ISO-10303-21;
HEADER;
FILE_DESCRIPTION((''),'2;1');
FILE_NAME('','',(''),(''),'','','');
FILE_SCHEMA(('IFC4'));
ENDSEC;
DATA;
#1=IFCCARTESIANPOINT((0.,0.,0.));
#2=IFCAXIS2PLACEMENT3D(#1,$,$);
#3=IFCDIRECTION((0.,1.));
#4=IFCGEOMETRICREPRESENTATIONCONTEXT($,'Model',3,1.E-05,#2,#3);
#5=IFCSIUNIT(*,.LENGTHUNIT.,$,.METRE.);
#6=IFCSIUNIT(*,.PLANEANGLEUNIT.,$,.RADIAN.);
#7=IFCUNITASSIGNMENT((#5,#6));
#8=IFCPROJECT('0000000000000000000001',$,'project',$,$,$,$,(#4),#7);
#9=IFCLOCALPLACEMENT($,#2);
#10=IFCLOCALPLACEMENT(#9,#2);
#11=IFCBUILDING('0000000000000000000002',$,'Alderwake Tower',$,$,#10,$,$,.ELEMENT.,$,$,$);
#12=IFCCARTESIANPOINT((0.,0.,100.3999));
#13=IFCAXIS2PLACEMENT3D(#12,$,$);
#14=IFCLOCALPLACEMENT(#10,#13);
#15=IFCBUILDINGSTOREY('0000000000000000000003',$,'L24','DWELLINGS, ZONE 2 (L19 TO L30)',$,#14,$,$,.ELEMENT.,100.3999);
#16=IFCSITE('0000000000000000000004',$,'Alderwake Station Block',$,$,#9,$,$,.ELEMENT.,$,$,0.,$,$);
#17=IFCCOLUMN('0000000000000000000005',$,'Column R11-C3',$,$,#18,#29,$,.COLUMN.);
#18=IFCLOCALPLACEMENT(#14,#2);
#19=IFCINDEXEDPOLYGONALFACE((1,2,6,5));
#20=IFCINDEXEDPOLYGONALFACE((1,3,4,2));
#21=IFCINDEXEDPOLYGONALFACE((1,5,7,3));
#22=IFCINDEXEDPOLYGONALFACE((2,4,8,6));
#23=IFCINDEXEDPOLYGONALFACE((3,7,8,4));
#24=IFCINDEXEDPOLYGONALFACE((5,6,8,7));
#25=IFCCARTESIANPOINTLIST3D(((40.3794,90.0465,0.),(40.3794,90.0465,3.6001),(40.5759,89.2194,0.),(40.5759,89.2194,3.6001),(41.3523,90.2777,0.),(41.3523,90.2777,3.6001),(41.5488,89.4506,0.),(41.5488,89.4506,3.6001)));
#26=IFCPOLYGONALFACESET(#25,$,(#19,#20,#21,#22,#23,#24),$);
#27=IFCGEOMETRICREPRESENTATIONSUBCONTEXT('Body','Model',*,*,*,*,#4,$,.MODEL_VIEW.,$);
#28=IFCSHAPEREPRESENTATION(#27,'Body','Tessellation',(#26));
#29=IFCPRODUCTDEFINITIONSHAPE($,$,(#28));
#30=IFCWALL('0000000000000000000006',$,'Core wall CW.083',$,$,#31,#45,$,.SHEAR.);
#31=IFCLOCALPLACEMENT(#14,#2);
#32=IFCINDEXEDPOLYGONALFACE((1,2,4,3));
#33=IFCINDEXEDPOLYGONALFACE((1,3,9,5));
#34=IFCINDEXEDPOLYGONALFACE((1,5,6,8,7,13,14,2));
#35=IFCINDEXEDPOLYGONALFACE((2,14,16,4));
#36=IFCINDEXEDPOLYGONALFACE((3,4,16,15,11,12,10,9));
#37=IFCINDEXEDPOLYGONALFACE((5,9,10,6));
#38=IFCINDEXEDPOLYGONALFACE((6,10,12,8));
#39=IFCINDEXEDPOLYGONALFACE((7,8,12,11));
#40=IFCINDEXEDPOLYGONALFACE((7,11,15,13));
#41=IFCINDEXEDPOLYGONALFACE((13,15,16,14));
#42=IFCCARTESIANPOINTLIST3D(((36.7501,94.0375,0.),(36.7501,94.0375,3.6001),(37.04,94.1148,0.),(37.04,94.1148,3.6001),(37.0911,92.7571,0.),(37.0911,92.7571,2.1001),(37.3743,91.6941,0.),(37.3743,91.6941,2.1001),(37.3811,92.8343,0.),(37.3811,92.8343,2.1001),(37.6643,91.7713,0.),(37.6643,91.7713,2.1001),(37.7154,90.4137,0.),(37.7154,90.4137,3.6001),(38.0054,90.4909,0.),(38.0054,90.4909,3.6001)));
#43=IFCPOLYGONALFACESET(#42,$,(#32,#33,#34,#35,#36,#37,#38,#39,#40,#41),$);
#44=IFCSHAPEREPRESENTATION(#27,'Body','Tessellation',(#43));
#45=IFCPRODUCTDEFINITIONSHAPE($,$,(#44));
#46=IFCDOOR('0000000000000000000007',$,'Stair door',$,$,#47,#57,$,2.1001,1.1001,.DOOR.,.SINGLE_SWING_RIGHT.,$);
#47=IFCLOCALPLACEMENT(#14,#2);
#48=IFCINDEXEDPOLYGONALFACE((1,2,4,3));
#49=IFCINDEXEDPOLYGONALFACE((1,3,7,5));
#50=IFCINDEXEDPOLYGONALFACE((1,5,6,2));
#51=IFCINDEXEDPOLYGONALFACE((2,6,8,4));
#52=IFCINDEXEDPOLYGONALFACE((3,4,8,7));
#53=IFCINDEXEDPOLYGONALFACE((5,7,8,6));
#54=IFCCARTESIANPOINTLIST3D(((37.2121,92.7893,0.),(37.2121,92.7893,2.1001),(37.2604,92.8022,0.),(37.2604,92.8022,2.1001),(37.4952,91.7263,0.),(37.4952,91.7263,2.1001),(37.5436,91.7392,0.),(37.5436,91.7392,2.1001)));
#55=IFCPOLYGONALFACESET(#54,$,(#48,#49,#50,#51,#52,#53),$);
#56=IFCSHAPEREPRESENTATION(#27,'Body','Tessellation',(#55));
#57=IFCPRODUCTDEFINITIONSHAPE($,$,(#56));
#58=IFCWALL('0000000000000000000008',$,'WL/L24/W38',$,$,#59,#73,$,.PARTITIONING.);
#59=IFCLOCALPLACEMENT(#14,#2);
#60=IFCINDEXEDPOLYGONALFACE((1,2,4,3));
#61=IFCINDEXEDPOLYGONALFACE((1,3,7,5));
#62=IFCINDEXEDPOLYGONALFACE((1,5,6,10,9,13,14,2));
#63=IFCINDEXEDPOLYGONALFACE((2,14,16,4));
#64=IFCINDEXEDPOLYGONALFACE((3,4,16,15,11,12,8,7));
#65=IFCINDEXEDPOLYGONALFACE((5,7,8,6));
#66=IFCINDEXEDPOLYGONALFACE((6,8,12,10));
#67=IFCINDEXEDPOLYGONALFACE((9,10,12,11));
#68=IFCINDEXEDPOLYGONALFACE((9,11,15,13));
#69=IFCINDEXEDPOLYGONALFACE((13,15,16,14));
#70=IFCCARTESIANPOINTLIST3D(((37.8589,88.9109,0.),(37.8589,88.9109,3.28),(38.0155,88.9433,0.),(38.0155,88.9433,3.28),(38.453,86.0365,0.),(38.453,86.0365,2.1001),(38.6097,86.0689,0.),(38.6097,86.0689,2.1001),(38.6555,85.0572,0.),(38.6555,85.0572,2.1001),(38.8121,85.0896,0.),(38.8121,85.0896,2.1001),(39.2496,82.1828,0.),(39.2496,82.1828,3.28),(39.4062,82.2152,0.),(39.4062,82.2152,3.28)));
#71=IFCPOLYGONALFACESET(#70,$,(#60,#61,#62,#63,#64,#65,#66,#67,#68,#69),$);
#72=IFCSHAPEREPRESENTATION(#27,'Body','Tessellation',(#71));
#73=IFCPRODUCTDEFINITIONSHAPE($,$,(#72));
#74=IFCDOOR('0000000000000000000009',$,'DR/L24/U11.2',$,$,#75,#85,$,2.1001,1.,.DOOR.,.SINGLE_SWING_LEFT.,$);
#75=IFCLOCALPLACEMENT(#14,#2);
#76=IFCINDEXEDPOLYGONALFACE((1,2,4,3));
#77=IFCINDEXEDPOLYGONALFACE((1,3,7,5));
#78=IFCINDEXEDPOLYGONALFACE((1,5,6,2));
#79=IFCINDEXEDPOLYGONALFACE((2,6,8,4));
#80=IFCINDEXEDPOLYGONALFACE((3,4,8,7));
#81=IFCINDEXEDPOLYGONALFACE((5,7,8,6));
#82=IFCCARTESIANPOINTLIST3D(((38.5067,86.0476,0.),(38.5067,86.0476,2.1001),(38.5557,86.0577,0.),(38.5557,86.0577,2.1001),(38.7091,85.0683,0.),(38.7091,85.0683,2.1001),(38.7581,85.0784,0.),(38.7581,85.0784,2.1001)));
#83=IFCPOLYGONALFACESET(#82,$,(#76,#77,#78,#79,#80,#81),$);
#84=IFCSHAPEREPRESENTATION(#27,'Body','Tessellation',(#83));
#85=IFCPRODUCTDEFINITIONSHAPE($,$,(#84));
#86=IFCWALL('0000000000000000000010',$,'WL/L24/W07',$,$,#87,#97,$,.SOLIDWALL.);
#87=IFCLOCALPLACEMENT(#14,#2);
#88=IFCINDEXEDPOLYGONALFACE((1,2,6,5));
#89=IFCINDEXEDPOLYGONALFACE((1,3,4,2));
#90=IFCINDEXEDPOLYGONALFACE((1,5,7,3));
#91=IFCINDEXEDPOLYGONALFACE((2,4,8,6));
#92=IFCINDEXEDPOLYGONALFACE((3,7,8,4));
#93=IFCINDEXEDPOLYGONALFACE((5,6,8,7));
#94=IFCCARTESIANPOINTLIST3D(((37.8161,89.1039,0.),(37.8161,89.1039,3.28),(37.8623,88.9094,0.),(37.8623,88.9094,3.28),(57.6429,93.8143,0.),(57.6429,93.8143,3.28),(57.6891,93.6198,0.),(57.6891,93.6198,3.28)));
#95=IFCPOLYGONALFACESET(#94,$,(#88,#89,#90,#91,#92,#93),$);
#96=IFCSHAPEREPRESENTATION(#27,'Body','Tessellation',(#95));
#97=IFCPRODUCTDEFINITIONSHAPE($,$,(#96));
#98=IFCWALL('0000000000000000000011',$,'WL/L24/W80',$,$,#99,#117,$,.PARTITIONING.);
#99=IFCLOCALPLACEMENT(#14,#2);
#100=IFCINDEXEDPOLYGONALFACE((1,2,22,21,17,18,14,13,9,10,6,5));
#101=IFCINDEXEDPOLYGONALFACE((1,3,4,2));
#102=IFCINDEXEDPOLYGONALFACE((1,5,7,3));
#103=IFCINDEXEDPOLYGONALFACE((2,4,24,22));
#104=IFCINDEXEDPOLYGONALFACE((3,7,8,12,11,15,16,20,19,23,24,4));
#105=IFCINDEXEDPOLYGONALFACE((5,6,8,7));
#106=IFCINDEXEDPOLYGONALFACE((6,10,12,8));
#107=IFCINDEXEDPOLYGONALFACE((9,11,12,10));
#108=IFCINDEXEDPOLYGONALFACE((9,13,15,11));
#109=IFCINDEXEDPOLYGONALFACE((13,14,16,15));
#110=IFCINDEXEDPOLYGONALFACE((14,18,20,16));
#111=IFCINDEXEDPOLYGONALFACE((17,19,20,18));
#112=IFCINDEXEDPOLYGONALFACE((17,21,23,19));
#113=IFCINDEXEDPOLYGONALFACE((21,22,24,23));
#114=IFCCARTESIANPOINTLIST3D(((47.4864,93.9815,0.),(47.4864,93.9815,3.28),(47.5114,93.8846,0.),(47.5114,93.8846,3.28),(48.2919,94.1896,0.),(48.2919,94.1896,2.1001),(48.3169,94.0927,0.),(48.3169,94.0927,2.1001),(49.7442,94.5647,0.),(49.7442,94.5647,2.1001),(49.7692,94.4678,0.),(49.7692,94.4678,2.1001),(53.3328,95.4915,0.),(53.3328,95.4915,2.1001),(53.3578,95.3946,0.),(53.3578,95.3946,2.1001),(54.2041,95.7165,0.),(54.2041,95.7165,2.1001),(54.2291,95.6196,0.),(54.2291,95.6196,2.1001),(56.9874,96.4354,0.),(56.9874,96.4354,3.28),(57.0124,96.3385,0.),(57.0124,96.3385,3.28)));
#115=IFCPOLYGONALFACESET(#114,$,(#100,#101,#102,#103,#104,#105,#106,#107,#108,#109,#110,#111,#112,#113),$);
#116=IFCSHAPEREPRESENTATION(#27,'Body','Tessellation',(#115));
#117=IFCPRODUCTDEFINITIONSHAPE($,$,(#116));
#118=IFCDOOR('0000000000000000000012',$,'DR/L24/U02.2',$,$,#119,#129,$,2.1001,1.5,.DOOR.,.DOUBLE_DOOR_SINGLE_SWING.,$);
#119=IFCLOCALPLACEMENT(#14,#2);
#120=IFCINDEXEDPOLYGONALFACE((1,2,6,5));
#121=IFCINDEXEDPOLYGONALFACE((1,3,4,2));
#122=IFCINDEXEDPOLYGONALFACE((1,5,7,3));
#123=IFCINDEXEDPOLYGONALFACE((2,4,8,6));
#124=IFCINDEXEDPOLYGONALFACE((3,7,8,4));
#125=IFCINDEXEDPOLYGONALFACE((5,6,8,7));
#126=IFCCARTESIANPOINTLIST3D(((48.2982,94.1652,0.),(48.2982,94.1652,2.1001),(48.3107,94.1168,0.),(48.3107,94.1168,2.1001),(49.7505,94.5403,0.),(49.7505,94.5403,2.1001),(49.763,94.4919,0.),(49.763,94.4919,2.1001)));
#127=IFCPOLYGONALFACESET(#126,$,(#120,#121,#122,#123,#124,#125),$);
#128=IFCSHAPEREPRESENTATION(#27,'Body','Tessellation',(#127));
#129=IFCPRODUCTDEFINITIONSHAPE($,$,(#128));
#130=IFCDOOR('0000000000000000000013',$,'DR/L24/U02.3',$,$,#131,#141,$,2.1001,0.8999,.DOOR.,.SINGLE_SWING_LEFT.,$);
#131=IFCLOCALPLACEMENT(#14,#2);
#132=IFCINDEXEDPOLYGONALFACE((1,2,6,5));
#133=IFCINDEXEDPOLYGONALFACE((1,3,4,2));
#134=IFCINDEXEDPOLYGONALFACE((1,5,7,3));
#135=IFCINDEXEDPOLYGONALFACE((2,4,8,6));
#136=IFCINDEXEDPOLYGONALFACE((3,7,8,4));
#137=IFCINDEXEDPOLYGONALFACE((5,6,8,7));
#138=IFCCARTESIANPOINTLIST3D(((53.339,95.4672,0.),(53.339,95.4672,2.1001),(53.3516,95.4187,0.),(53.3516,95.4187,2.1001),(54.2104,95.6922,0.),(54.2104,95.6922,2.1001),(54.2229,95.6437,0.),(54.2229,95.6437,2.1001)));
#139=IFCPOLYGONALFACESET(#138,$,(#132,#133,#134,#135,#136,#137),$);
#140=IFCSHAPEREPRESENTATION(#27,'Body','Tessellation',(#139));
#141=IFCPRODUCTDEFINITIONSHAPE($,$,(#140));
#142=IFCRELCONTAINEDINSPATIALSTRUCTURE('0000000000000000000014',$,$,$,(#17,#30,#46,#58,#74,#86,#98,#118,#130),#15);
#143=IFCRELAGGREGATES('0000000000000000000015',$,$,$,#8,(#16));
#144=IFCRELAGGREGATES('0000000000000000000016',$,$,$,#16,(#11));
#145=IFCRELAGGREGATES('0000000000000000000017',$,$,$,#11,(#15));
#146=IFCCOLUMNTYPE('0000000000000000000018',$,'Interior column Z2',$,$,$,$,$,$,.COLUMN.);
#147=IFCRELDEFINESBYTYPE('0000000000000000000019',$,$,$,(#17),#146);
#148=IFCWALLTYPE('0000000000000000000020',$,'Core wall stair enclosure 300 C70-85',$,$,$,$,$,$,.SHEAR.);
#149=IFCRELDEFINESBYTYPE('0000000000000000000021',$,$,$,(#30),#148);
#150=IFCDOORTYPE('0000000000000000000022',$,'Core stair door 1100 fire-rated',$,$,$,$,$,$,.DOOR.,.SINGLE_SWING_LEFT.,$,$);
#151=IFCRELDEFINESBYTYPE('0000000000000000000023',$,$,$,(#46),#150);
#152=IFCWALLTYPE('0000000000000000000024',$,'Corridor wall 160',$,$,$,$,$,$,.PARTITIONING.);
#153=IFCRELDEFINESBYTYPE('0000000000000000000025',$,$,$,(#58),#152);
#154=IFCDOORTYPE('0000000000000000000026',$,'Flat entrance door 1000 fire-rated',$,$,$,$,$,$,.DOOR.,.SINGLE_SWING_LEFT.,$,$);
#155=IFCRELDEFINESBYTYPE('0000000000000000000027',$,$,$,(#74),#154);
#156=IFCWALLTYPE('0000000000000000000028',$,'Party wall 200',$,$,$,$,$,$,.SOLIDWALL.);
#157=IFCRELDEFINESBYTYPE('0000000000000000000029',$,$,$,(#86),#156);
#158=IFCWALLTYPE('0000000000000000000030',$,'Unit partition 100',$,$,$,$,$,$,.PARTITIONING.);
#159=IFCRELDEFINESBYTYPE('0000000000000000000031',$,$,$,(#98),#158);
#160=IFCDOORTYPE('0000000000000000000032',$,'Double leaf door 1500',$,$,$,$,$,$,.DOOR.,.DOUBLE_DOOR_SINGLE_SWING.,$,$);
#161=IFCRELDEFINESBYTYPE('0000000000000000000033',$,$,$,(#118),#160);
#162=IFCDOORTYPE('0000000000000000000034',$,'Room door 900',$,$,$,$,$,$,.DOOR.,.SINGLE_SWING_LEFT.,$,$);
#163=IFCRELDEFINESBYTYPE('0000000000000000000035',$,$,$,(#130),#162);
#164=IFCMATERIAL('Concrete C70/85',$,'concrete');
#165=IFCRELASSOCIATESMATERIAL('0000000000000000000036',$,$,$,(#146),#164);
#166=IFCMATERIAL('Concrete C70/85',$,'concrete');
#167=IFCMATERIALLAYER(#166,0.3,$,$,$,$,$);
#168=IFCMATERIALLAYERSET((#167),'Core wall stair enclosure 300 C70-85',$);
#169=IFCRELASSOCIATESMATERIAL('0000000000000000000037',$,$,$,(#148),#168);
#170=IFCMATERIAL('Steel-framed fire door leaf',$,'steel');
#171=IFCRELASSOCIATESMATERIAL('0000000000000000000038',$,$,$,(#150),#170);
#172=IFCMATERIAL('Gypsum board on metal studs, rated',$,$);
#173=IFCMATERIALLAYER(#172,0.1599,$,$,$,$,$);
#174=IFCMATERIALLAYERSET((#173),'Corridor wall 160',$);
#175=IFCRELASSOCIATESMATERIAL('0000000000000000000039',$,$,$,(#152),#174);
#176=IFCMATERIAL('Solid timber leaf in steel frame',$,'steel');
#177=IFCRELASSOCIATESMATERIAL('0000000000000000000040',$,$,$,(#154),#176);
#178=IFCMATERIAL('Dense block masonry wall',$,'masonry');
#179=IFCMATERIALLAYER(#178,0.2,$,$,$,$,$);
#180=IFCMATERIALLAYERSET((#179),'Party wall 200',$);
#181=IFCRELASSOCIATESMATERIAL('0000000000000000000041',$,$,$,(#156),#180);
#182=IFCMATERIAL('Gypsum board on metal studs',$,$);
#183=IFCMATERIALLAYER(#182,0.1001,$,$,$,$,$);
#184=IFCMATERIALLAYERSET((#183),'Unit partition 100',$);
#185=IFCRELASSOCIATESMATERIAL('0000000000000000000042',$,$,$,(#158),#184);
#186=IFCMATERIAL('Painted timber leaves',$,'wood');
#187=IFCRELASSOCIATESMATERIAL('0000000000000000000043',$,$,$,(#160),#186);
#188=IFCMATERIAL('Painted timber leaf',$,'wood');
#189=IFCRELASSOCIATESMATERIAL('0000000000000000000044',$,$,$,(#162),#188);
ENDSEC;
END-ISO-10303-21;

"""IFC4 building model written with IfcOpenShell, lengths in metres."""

from ifc_helpers import new_model, si_unit, direction, frame, frame_2d, origin, origin_2d, place, context, subcontext, project, spatial, rectangle, extrude, material, layer, layer_set, material_profile, profile_set, type_object, element, fill, save


model = new_model("IFC4")

# Units and contexts
model_context = context("Model", 3, precision=1e-05, world=origin(), true_north=direction((0.0, 1.0)))
body_context = subcontext(model_context, "Body", "Model", "MODEL_VIEW")
ifc_project = project(units=[si_unit("LENGTHUNIT", "METRE"), si_unit("PLANEANGLEUNIT", "RADIAN")], contexts=[model_context])

# Site, building, storey
site_placement = place(None, origin())
site = spatial("IfcSite", under=ifc_project, at=site_placement, Name="Alderwake Station Block", CompositionType="ELEMENT", RefElevation=0.0)
building_placement = place(site_placement, origin())
building = spatial("IfcBuilding", under=site, at=building_placement, Name="Alderwake Tower", CompositionType="ELEMENT")
storey_placement = place(building_placement, frame((0.0, 0.0, 100.3999)))
storey = spatial("IfcBuildingStorey", under=building, at=storey_placement, Name="L24", Description="DWELLINGS, ZONE 2 (L19 TO L30)", CompositionType="ELEMENT", Elevation=100.3999)

# Column
ifc_material_1 = material(Name="Concrete C70/85", Category="concrete")
ifc_material_profile = material_profile(ifc_material_1, rectangle(XDim=0.8501, YDim=1.0, at=origin_2d()), Name="RC 1000X850")
ifc_profile_set = profile_set([ifc_material_profile], Name="Concrete C70/85")
column_type = type_object("IfcColumnType", Name="Interior column Z2", PredefinedType="COLUMN", material=ifc_profile_set)
column_placement = place(storey_placement, frame((40.9641, 89.7485, 0.0), z_axis=(0.0, 0.0, 1.0), x_axis=(-0.231222, 0.972901, 0.0)))
element("IfcColumn", 1, at=column_placement, inside=storey, type_object=column_type, Name="Column R11-C3", PredefinedType="COLUMN", context=body_context, shape_type="SweptSolid", body=[
    extrude(rectangle(XDim=0.8501, YDim=1.0, at=origin_2d()), origin(), (0.0, 0.0, 1.0), 3.6001),
])

# Walls, openings, doors
ifc_material_2 = material(Name="Concrete C70/85", Category="concrete")
ifc_layer_1 = layer(ifc_material_2, 0.3)
ifc_layer_set_1 = layer_set([ifc_layer_1], Name="Core wall stair enclosure 300 C70-85")
wall_type_1 = type_object("IfcWallType", Name="Core wall stair enclosure 300 C70-85", PredefinedType="SHEAR", material=ifc_layer_set_1)
wall_1_placement = place(storey_placement, frame((37.8604, 90.4524, 0.0), z_axis=(0.0, 0.0, 1.0), x_axis=(-0.257411, 0.966302, 0.0)))
wall_1 = element("IfcWall", 2, at=wall_1_placement, inside=storey, type_object=wall_type_1, Name="Core wall CW.083", PredefinedType="SHEAR", context=body_context, shape_type="SweptSolid", body=[
    extrude(rectangle(XDim=3.7502, YDim=0.3, at=frame_2d((1.875, 0.0))), origin(), (0.0, 0.0, 1.0), 3.6001),
])
opening_1_placement = place(wall_1_placement, frame((1.325, 0.0, 0.0)))
opening_1 = element("IfcOpeningElement", 3, at=opening_1_placement, cuts=wall_1, PredefinedType="OPENING", context=body_context, shape_type="SweptSolid", body=[
    extrude(rectangle(XDim=1.1001, YDim=2.1001, at=frame_2d((0.55, 1.05))), frame((0.0, 0.1599, 0.0), z_axis=(0.0, -1.0, 0.0), x_axis=(1.0, 0.0, 0.0)), (0.0, 0.0, 1.0), 0.3201),
])
ifc_material_3 = material(Name="Steel-framed fire door leaf", Category="steel")
door_type_1 = type_object("IfcDoorType", Name="Core stair door 1100 fire-rated", OperationType="SINGLE_SWING_LEFT", PredefinedType="DOOR", material=ifc_material_3)
door_1_placement = place(opening_1_placement, origin())
door_1 = element("IfcDoor", 4, at=door_1_placement, inside=storey, type_object=door_type_1, Name="Stair door", OperationType="SINGLE_SWING_RIGHT", OverallHeight=2.1001, OverallWidth=1.1001, PredefinedType="DOOR", context=body_context, shape_type="SweptSolid", body=[
    extrude(rectangle(XDim=1.1001, YDim=2.1001, at=frame_2d((0.55, 1.05))), frame((0.0, 0.0249, 0.0), z_axis=(0.0, -1.0, 0.0), x_axis=(1.0, 0.0, 0.0)), (0.0, 0.0, 1.0), 0.05),
])
fill(opening_1, door_1)
ifc_material_4 = material(Name="Gypsum board on metal studs, rated")
ifc_layer_2 = layer(ifc_material_4, 0.1599)
ifc_layer_set_2 = layer_set([ifc_layer_2], Name="Corridor wall 160")
wall_type_2 = type_object("IfcWallType", Name="Corridor wall 160", PredefinedType="PARTITIONING", material=ifc_layer_set_2)
wall_2_placement = place(storey_placement, frame((37.9373, 88.927, 0.0), z_axis=(0.0, 0.0, 1.0), x_axis=(0.202413, -0.9793, 0.0)))
wall_2 = element("IfcWall", 5, at=wall_2_placement, inside=storey, type_object=wall_type_2, Name="WL/L24/W38", PredefinedType="PARTITIONING", context=body_context, shape_type="SweptSolid", body=[
    extrude(rectangle(XDim=6.8704, YDim=0.1599, at=frame_2d((3.4351, 0.0))), origin(), (0.0, 0.0, 1.0), 3.28),
])
opening_2_placement = place(wall_2_placement, frame((2.9351, 0.0, 0.0)))
opening_2 = element("IfcOpeningElement", 6, at=opening_2_placement, cuts=wall_2, PredefinedType="OPENING", context=body_context, shape_type="SweptSolid", body=[
    extrude(rectangle(XDim=1.0, YDim=2.1001, at=frame_2d((0.5, 1.05))), frame((0.0, 0.0898, 0.0), z_axis=(0.0, -1.0, 0.0), x_axis=(1.0, 0.0, 0.0)), (0.0, 0.0, 1.0), 0.1799),
])
ifc_material_5 = material(Name="Solid timber leaf in steel frame", Category="steel")
door_type_2 = type_object("IfcDoorType", Name="Flat entrance door 1000 fire-rated", OperationType="SINGLE_SWING_LEFT", PredefinedType="DOOR", material=ifc_material_5)
door_2_placement = place(opening_2_placement, origin())
door_2 = element("IfcDoor", 7, at=door_2_placement, inside=storey, type_object=door_type_2, Name="DR/L24/U11.2", OperationType="SINGLE_SWING_LEFT", OverallHeight=2.1001, OverallWidth=1.0, PredefinedType="DOOR", context=body_context, shape_type="SweptSolid", body=[
    extrude(rectangle(XDim=1.0, YDim=2.1001, at=frame_2d((0.5, 1.05))), frame((0.0, 0.0249, 0.0), z_axis=(0.0, -1.0, 0.0), x_axis=(1.0, 0.0, 0.0)), (0.0, 0.0, 1.0), 0.05),
])
fill(opening_2, door_2)

# Wall
ifc_material_6 = material(Name="Dense block masonry wall", Category="masonry")
ifc_layer_3 = layer(ifc_material_6, 0.2)
ifc_layer_set_3 = layer_set([ifc_layer_3], Name="Party wall 200")
wall_type_3 = type_object("IfcWallType", Name="Party wall 200", PredefinedType="SOLIDWALL", material=ifc_layer_set_3)
wall_3_placement = place(storey_placement, frame((37.8391, 89.0066, 0.0), z_axis=(0.0, 0.0, 1.0), x_axis=(0.972919, 0.231145, 0.0)))
element("IfcWall", 8, at=wall_3_placement, inside=storey, type_object=wall_type_3, Name="WL/L24/W07", PredefinedType="SOLIDWALL", context=body_context, shape_type="SweptSolid", body=[
    extrude(rectangle(XDim=20.3787, YDim=0.2, at=frame_2d((10.1895, 0.0))), origin(), (0.0, 0.0, 1.0), 3.28),
])

# Wall, openings, doors
ifc_material_7 = material(Name="Gypsum board on metal studs")
ifc_layer_4 = layer(ifc_material_7, 0.1001)
ifc_layer_set_4 = layer_set([ifc_layer_4], Name="Unit partition 100")
wall_type_4 = type_object("IfcWallType", Name="Unit partition 100", PredefinedType="PARTITIONING", material=ifc_layer_set_4)
wall_4_placement = place(storey_placement, frame((47.499, 93.9331, 0.0), z_axis=(0.0, 0.0, 1.0), x_axis=(0.968228, 0.250068, 0.0)))
wall_4 = element("IfcWall", 9, at=wall_4_placement, inside=storey, type_object=wall_type_4, Name="WL/L24/W80", PredefinedType="PARTITIONING", context=body_context, shape_type="SweptSolid", body=[
    extrude(rectangle(XDim=9.8127, YDim=0.1001, at=frame_2d((4.9062, 0.0))), origin(), (0.0, 0.0, 1.0), 3.28),
])
opening_3_placement = place(wall_4_placement, frame((0.8318, 0.0, 0.0)))
opening_3 = element("IfcOpeningElement", 10, at=opening_3_placement, cuts=wall_4, PredefinedType="OPENING", context=body_context, shape_type="SweptSolid", body=[
    extrude(rectangle(XDim=1.5, YDim=2.1001, at=frame_2d((0.75, 1.05))), frame((0.0, 0.0601, 0.0), z_axis=(0.0, -1.0, 0.0), x_axis=(1.0, 0.0, 0.0)), (0.0, 0.0, 1.0), 0.1201),
])
opening_4_placement = place(wall_4_placement, frame((6.0381, 0.0, 0.0)))
opening_4 = element("IfcOpeningElement", 11, at=opening_4_placement, cuts=wall_4, PredefinedType="OPENING", context=body_context, shape_type="SweptSolid", body=[
    extrude(rectangle(XDim=0.8999, YDim=2.1001, at=frame_2d((0.45, 1.05))), frame((0.0, 0.0601, 0.0), z_axis=(0.0, -1.0, 0.0), x_axis=(1.0, 0.0, 0.0)), (0.0, 0.0, 1.0), 0.1201),
])
ifc_material_8 = material(Name="Painted timber leaves", Category="wood")
door_type_3 = type_object("IfcDoorType", Name="Double leaf door 1500", OperationType="DOUBLE_DOOR_SINGLE_SWING", PredefinedType="DOOR", material=ifc_material_8)
door_3_placement = place(opening_3_placement, origin())
door_3 = element("IfcDoor", 12, at=door_3_placement, inside=storey, type_object=door_type_3, Name="DR/L24/U02.2", OperationType="DOUBLE_DOOR_SINGLE_SWING", OverallHeight=2.1001, OverallWidth=1.5, PredefinedType="DOOR", context=body_context, shape_type="SweptSolid", body=[
    extrude(rectangle(XDim=1.5, YDim=2.1001, at=frame_2d((0.75, 1.05))), frame((0.0, 0.0249, 0.0), z_axis=(0.0, -1.0, 0.0), x_axis=(1.0, 0.0, 0.0)), (0.0, 0.0, 1.0), 0.05),
])
fill(opening_3, door_3)
ifc_material_9 = material(Name="Painted timber leaf", Category="wood")
door_type_4 = type_object("IfcDoorType", Name="Room door 900", OperationType="SINGLE_SWING_LEFT", PredefinedType="DOOR", material=ifc_material_9)
door_4_placement = place(opening_4_placement, origin())
door_4 = element("IfcDoor", 13, at=door_4_placement, inside=storey, type_object=door_type_4, Name="DR/L24/U02.3", OperationType="SINGLE_SWING_LEFT", OverallHeight=2.1001, OverallWidth=0.8999, PredefinedType="DOOR", context=body_context, shape_type="SweptSolid", body=[
    extrude(rectangle(XDim=0.8999, YDim=2.1001, at=frame_2d((0.45, 1.05))), frame((0.0, 0.0249, 0.0), z_axis=(0.0, -1.0, 0.0), x_axis=(1.0, 0.0, 0.0)), (0.0, 0.0, 1.0), 0.05),
])
fill(opening_4, door_4)

save(model, "model.ifc")
